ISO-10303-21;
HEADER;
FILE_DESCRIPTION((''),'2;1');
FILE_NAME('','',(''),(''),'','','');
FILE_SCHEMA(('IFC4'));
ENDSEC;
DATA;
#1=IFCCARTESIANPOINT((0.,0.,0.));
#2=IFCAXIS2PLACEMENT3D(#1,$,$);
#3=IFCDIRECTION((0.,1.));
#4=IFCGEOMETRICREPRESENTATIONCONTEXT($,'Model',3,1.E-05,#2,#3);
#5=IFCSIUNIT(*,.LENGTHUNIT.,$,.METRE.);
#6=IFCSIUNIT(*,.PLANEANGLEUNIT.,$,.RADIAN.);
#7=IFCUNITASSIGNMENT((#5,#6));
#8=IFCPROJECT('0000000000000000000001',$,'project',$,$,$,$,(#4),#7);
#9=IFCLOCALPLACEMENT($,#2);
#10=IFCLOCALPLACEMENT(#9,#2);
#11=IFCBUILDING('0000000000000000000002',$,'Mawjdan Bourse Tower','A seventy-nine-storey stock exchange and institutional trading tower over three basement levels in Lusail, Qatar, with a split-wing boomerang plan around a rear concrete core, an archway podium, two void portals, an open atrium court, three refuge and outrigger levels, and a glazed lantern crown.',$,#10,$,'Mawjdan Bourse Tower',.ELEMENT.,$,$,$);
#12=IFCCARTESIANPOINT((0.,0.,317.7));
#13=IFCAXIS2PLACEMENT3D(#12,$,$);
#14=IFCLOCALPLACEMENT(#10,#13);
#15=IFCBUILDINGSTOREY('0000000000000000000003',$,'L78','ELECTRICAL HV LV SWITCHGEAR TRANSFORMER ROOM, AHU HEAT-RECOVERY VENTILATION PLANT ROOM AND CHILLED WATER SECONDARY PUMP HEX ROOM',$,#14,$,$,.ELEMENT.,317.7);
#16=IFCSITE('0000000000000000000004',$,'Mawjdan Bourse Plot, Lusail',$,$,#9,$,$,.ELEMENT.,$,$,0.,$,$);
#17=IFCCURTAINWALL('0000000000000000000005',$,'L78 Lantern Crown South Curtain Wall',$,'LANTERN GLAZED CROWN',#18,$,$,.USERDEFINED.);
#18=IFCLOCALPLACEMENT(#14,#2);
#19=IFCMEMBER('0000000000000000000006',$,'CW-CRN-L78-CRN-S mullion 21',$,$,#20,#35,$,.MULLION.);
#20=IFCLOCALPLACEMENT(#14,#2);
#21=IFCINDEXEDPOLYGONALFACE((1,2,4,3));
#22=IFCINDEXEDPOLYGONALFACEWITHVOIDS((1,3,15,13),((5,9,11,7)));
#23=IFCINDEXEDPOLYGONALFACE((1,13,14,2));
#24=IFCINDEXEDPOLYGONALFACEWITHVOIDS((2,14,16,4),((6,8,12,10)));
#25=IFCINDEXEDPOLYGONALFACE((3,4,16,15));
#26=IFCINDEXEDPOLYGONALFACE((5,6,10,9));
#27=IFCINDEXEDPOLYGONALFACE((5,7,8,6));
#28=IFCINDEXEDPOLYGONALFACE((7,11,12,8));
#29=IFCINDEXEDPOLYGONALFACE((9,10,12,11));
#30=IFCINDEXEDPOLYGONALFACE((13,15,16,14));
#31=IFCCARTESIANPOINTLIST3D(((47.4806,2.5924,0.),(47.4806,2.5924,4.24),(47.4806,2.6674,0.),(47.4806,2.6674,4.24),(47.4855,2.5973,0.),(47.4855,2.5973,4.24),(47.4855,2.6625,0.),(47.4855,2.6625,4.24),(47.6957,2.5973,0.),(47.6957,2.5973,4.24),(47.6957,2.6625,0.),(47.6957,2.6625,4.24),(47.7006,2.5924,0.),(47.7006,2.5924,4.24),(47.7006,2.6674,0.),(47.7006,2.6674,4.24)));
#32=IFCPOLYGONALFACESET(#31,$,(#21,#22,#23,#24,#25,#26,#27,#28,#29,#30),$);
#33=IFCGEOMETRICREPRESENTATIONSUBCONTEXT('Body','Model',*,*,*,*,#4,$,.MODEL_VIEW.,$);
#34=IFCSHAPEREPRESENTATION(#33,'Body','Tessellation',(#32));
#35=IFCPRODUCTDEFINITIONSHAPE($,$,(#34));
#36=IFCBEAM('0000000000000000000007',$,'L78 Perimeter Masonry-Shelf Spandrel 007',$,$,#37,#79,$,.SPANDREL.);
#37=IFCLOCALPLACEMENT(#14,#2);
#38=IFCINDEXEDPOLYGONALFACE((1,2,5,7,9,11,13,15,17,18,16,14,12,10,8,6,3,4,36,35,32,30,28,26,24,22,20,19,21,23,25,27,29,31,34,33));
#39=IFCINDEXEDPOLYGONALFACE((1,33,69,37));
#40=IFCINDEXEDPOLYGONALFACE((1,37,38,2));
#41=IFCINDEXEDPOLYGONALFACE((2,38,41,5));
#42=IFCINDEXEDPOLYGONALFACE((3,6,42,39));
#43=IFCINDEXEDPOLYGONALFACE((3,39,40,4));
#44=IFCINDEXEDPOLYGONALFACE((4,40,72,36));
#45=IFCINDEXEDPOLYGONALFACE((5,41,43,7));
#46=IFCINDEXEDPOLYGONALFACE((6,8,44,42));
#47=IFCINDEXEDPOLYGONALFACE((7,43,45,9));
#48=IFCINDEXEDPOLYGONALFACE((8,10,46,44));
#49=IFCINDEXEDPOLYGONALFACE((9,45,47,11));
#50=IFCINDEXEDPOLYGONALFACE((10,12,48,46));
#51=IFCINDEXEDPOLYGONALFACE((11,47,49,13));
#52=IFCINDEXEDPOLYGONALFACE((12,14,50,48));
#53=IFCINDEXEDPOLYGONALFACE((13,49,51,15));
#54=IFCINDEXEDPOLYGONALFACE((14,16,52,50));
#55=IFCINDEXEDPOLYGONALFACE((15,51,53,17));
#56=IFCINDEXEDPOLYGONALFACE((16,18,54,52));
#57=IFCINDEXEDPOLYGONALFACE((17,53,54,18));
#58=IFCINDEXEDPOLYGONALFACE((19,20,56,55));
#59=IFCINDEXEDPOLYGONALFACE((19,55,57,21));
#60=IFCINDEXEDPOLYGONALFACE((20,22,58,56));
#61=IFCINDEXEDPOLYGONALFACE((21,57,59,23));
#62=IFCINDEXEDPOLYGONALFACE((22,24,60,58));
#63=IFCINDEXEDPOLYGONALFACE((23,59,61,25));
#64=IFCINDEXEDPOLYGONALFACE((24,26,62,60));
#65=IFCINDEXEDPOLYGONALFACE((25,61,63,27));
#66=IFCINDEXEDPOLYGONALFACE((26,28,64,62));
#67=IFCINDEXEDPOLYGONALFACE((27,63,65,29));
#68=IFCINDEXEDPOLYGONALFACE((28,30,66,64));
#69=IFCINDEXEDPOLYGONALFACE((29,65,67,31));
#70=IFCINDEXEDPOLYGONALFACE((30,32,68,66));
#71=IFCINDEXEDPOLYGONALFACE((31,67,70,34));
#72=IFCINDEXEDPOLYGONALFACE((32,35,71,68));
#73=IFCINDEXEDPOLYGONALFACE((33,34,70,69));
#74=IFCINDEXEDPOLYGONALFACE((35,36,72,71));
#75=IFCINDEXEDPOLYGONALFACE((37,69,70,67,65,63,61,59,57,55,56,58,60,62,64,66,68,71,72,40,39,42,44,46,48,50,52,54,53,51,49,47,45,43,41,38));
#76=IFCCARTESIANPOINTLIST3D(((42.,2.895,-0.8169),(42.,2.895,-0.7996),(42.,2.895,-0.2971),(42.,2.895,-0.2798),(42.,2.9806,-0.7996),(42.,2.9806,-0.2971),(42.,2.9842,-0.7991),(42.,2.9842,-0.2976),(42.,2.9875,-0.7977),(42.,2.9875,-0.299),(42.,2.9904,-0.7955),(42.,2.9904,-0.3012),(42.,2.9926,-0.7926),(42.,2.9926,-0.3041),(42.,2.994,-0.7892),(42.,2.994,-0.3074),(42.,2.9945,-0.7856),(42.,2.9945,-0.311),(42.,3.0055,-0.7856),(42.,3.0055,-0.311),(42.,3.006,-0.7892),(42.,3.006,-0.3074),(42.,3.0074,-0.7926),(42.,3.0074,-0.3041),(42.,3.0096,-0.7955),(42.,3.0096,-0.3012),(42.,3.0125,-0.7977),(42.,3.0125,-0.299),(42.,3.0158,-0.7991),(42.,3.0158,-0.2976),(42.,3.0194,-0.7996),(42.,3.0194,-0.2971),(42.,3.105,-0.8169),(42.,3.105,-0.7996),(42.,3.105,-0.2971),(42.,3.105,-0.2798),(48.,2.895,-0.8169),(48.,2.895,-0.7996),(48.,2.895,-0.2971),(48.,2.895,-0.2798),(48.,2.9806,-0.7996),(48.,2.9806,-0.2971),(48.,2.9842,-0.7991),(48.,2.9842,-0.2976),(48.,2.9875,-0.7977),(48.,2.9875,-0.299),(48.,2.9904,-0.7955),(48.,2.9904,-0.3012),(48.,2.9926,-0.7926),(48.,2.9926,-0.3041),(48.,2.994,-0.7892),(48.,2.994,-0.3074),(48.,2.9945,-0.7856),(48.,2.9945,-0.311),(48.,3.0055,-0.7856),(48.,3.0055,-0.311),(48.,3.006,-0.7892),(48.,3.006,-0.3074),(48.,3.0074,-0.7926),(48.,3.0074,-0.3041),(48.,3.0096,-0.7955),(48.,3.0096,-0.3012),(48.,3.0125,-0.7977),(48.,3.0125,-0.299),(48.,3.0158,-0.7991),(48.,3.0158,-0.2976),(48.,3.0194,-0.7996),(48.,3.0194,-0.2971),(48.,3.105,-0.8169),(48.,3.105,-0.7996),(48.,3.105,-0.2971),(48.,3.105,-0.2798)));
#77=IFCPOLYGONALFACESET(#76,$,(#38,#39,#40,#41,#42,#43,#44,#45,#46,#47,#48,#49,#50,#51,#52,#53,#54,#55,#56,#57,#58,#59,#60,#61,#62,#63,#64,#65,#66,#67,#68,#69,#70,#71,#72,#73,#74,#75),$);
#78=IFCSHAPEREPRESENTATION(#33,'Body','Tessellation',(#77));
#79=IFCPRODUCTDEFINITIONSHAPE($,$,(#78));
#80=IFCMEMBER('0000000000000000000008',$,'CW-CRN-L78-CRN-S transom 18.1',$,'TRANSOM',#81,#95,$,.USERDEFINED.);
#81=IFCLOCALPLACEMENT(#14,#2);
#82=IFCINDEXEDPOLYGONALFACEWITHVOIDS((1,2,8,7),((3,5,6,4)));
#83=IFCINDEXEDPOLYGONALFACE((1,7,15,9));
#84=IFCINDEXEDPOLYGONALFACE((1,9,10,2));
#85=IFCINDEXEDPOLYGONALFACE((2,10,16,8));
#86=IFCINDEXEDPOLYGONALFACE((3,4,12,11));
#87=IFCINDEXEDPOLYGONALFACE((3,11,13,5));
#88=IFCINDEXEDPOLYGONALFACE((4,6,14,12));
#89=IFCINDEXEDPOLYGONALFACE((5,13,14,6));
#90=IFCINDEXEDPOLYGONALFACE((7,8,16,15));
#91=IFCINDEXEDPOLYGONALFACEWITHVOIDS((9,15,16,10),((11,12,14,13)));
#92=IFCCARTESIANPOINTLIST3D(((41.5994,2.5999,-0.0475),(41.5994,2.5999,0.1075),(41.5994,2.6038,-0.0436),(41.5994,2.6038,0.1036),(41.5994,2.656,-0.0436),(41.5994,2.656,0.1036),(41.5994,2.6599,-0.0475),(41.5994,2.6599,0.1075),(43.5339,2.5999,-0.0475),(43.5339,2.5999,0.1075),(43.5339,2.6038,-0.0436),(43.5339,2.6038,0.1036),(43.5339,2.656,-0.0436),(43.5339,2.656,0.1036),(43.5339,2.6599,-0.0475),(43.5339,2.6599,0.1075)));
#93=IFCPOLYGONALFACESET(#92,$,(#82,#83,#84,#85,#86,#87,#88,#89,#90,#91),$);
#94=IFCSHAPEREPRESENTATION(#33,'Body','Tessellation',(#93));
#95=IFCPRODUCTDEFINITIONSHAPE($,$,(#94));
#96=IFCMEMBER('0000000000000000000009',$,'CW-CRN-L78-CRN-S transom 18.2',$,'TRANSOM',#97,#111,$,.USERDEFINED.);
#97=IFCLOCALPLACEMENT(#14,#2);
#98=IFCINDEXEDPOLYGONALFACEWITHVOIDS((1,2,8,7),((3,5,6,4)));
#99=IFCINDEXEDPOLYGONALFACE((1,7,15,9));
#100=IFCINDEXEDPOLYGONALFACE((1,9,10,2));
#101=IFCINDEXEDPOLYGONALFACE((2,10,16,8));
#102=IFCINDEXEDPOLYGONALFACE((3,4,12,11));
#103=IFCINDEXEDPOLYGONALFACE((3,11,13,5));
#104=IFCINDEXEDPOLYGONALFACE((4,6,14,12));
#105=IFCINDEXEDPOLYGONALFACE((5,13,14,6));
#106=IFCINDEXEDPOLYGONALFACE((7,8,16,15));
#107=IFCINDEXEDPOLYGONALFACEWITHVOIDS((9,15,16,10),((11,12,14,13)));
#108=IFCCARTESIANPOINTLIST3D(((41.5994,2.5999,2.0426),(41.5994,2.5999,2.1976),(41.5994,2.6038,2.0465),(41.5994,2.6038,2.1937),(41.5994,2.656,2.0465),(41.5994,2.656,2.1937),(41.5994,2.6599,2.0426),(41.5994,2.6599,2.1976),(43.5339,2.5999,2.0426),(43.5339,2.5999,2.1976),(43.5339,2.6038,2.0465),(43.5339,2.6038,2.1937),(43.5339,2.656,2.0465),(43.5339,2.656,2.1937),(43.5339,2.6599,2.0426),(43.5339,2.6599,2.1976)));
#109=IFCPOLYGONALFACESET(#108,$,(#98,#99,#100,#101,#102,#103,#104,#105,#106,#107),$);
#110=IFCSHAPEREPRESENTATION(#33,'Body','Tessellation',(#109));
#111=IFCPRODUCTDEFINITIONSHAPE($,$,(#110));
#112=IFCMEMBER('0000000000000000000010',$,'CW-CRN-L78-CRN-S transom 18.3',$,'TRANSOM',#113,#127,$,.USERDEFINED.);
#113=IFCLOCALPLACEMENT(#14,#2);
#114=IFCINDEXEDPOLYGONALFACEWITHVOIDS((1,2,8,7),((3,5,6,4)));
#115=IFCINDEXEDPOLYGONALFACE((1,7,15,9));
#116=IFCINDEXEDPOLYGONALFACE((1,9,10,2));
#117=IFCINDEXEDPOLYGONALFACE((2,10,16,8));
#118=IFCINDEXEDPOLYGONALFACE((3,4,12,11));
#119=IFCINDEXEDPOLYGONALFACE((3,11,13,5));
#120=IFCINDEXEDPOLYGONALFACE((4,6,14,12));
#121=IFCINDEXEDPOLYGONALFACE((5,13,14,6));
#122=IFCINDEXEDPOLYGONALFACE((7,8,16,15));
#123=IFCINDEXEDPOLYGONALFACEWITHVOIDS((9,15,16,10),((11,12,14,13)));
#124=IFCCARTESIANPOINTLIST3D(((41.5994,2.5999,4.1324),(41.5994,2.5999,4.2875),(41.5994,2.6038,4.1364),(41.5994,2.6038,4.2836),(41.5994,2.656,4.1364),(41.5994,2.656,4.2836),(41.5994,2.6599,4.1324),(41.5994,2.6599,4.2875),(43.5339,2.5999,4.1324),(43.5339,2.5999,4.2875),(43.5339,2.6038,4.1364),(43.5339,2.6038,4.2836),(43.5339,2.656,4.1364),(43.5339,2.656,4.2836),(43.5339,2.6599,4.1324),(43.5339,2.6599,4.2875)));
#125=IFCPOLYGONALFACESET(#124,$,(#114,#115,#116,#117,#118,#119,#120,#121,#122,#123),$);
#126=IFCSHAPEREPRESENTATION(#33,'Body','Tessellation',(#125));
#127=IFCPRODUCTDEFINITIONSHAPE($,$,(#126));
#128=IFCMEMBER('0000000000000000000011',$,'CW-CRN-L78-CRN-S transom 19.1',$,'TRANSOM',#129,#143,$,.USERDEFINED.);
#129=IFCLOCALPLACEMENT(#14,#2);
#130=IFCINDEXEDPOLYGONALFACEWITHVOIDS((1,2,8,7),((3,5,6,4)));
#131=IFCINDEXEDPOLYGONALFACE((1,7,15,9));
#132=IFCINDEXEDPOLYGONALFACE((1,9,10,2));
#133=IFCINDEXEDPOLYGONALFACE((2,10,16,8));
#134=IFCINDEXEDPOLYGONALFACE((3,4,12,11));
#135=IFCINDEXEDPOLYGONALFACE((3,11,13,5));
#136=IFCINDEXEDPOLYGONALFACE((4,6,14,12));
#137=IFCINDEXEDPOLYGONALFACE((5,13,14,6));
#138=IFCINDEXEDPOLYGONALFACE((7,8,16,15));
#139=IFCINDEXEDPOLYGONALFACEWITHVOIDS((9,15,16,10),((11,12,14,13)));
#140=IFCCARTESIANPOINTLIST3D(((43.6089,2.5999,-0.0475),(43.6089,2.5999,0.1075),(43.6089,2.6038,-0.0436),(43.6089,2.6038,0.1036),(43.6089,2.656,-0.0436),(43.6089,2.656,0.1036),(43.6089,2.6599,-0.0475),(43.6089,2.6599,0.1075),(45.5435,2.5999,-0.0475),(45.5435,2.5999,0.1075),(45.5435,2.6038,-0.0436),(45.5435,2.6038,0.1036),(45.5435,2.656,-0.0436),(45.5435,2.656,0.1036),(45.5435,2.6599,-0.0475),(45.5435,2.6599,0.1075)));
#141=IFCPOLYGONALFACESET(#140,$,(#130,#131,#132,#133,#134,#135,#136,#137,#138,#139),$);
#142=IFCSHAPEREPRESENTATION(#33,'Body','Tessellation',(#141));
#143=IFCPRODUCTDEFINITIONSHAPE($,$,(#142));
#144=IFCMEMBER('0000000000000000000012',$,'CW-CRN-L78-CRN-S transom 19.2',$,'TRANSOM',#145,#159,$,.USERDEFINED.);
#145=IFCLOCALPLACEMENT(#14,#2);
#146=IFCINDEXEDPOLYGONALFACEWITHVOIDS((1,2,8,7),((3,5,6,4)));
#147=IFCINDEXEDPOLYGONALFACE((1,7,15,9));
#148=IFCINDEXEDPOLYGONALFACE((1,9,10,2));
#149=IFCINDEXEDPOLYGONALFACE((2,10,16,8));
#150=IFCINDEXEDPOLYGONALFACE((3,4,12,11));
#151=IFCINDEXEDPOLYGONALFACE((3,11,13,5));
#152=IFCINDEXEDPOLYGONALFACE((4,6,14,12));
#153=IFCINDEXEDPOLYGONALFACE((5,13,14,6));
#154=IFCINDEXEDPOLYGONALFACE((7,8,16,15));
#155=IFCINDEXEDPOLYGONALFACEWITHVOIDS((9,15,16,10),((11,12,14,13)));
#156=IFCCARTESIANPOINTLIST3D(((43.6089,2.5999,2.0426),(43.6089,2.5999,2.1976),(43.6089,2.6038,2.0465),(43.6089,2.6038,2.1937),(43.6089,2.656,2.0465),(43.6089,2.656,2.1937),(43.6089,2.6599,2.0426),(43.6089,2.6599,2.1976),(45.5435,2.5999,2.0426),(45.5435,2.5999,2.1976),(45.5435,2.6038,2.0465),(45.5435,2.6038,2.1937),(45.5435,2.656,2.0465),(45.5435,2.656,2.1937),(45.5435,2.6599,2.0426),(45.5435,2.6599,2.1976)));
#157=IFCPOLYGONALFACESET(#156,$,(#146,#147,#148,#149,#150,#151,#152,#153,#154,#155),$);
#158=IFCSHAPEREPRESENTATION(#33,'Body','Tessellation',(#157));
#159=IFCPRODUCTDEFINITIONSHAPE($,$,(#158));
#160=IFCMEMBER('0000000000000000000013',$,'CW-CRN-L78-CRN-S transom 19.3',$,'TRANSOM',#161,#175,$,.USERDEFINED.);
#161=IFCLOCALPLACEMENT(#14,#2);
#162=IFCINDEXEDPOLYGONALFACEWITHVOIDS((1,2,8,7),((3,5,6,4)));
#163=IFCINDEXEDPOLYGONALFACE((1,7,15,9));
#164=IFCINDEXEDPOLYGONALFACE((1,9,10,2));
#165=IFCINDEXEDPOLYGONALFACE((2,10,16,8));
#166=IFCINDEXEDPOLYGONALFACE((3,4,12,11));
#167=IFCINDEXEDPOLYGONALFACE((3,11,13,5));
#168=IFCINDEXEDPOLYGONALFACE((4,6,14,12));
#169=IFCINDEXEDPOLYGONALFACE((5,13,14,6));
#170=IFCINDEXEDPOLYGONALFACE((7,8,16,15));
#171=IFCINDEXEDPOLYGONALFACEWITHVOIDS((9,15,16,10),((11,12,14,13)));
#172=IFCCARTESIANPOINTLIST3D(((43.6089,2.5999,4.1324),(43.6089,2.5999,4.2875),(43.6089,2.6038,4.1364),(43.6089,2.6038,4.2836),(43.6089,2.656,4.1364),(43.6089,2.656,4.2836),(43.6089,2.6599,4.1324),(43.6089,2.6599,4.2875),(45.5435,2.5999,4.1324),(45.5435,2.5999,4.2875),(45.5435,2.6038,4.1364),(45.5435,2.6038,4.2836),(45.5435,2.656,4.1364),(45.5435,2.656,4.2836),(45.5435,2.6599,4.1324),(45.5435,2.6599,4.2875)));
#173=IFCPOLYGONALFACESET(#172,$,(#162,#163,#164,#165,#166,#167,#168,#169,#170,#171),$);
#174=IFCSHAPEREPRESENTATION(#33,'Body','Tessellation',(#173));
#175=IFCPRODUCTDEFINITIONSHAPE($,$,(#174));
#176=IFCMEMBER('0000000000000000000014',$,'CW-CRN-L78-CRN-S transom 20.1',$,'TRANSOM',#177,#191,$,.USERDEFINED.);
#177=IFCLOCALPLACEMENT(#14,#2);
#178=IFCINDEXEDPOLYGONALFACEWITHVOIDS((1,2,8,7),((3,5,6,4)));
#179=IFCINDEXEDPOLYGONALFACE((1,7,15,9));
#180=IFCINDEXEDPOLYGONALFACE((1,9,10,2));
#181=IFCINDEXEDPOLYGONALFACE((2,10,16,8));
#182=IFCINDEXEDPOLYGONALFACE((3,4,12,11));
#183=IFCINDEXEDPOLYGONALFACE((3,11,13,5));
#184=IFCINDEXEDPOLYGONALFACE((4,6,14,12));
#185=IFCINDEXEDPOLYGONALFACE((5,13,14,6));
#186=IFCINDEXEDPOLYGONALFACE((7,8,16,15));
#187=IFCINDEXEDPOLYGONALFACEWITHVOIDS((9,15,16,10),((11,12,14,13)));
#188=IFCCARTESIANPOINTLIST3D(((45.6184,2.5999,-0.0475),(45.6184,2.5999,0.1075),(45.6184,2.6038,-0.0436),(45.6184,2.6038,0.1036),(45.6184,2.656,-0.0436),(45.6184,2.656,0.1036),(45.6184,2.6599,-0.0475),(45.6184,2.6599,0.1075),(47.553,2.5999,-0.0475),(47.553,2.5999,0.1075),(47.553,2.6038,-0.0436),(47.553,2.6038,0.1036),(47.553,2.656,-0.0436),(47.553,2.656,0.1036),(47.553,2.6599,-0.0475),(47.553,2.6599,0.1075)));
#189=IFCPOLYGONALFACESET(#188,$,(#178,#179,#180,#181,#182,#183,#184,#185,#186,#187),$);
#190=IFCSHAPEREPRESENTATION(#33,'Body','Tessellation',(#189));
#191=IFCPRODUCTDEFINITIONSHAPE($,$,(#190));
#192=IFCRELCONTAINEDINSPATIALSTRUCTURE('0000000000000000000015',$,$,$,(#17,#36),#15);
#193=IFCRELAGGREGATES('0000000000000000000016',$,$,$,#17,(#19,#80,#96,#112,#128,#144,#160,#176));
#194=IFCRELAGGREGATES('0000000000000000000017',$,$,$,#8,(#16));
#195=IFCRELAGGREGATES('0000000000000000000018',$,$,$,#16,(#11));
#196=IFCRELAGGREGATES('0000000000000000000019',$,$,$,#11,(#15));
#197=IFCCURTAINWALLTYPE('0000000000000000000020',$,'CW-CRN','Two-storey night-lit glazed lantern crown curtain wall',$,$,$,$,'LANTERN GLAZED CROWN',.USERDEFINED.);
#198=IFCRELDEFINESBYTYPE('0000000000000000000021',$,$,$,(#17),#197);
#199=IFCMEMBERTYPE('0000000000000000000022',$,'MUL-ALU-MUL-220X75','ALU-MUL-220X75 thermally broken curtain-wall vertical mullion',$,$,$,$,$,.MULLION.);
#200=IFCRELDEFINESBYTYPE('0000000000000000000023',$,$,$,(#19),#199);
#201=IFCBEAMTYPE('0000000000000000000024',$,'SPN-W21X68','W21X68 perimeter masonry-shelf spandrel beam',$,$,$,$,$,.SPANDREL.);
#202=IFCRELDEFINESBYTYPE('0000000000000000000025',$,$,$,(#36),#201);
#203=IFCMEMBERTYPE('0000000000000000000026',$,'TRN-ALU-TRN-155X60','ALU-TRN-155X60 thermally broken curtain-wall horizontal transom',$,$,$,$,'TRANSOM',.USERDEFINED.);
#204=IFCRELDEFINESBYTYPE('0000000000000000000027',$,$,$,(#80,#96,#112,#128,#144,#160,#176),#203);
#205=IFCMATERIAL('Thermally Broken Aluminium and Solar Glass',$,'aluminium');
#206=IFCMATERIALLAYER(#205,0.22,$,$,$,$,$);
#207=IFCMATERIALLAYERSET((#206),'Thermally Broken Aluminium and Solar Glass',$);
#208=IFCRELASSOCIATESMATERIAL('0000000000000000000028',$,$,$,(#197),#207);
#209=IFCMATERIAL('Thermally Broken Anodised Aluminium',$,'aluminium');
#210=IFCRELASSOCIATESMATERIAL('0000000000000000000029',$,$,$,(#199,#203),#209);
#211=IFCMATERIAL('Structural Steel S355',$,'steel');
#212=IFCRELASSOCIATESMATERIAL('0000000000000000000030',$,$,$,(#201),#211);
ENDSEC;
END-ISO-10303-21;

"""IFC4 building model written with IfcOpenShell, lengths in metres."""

from ifc_helpers import new_model, si_unit, direction, frame, origin, origin_2d, place, context, subcontext, project, spatial, hollow_rectangle, i_section, extrude, material, layer, layer_set, material_profile, profile_set, type_object, element, aggregate, save


model = new_model("IFC4")

# Units and contexts
model_context = context("Model", 3, precision=1e-05, world=origin(), true_north=direction((0.0, 1.0)))
body_context = subcontext(model_context, "Body", "Model", "MODEL_VIEW")
ifc_project = project(units=[si_unit("LENGTHUNIT", "METRE"), si_unit("PLANEANGLEUNIT", "RADIAN")], contexts=[model_context])

# Site, building, storey
site_placement = place(None, origin())
site = spatial("IfcSite", under=ifc_project, at=site_placement, Name="Mawjdan Bourse Plot, Lusail", CompositionType="ELEMENT", RefElevation=0.0)
building_placement = place(site_placement, origin())
building = spatial("IfcBuilding", under=site, at=building_placement, Name="Mawjdan Bourse Tower", Description="A seventy-nine-storey stock exchange and institutional trading tower over three basement levels in Lusail, Qatar, with a split-wing boomerang plan around a rear concrete core, an archway podium, two void portals, an open atrium court, three refuge and outrigger levels, and a glazed lantern crown.", LongName="Mawjdan Bourse Tower", CompositionType="ELEMENT")
storey_placement = place(building_placement, frame((0.0, 0.0, 317.7)))
storey = spatial("IfcBuildingStorey", under=building, at=storey_placement, Name="L78", Description="ELECTRICAL HV LV SWITCHGEAR TRANSFORMER ROOM, AHU HEAT-RECOVERY VENTILATION PLANT ROOM AND CHILLED WATER SECONDARY PUMP HEX ROOM", CompositionType="ELEMENT", Elevation=317.7)

# Shared definitions
ifc_material_1 = material(Name="Structural Steel S355", Category="steel")

# Curtain wall, member
ifc_material_2 = material(Name="Thermally Broken Aluminium and Solar Glass", Category="aluminium")
ifc_layer_1 = layer(ifc_material_2, 0.22)
ifc_layer_set_1 = layer_set([ifc_layer_1], Name="Thermally Broken Aluminium and Solar Glass")
curtain_wall_type = type_object("IfcCurtainWallType", Name="CW-CRN", Description="Two-storey night-lit glazed lantern crown curtain wall", ElementType="LANTERN GLAZED CROWN", PredefinedType="USERDEFINED", material=ifc_layer_set_1)
curtain_wall_placement = place(storey_placement, origin())
curtain_wall = element("IfcCurtainWall", 1, at=curtain_wall_placement, inside=storey, type_object=curtain_wall_type, Name="L78 Lantern Crown South Curtain Wall", ObjectType="LANTERN GLAZED CROWN", PredefinedType="USERDEFINED")
ifc_material_3 = material(Name="Thermally Broken Anodised Aluminium", Category="aluminium")
ifc_material_profile_1 = material_profile(ifc_material_3, hollow_rectangle(XDim=0.075, YDim=0.22, WallThickness=0.0049, at=origin_2d()), Name="ALU-MUL-220X75")
ifc_profile_set_1 = profile_set([ifc_material_profile_1], Name="Thermally Broken Anodised Aluminium")
member_type_1 = type_object("IfcMemberType", Name="MUL-ALU-MUL-220X75", Description="ALU-MUL-220X75 thermally broken curtain-wall vertical mullion", PredefinedType="MULLION", material=ifc_profile_set_1)
member_1_placement = place(storey_placement, frame((47.5906, 2.6299, 0.0), z_axis=(0.0, 0.0, 1.0), x_axis=(0.0, 1.0, 0.0)))
member_1 = element("IfcMember", 2, at=member_1_placement, type_object=member_type_1, Name="CW-CRN-L78-CRN-S mullion 21", PredefinedType="MULLION", context=body_context, shape_type="SweptSolid", body=[
    extrude(hollow_rectangle(XDim=0.075, YDim=0.22, WallThickness=0.0049, at=origin_2d()), origin(), (0.0, 0.0, 1.0), 4.24),
])

# Beam
ifc_material_profile_2 = material_profile(ifc_material_1, i_section(OverallWidth=0.21, OverallDepth=0.5371, WebThickness=0.011, FlangeThickness=0.0173, FilletRadius=0.0139, at=origin_2d()), Name="W21X68")
ifc_profile_set_2 = profile_set([ifc_material_profile_2], Name="Structural Steel S355")
beam_type_1 = type_object("IfcBeamType", Name="SPN-W21X68", Description="W21X68 perimeter masonry-shelf spandrel beam", PredefinedType="SPANDREL", material=ifc_profile_set_2)
beam_1_placement = place(storey_placement, frame((42.0, 3.0, -0.5483), z_axis=(1.0, 0.0, 0.0), x_axis=(0.0, 1.0, 0.0)))
element("IfcBeam", 3, at=beam_1_placement, inside=storey, type_object=beam_type_1, Name="L78 Perimeter Masonry-Shelf Spandrel 007", PredefinedType="SPANDREL", context=body_context, shape_type="SweptSolid", body=[
    extrude(i_section(OverallWidth=0.21, OverallDepth=0.5371, WebThickness=0.011, FlangeThickness=0.0173, FilletRadius=0.0139, at=origin_2d()), origin(), (0.0, 0.0, 1.0), 6.0),
])

# Members
ifc_material_profile_3 = material_profile(ifc_material_3, hollow_rectangle(XDim=0.0601, YDim=0.155, WallThickness=0.0039, at=origin_2d()), Name="ALU-TRN-155X60")
ifc_profile_set_3 = profile_set([ifc_material_profile_3], Name="Thermally Broken Anodised Aluminium")
member_type_2 = type_object("IfcMemberType", Name="TRN-ALU-TRN-155X60", Description="ALU-TRN-155X60 thermally broken curtain-wall horizontal transom", ElementType="TRANSOM", PredefinedType="USERDEFINED", material=ifc_profile_set_3)
member_2_placement = place(storey_placement, frame((41.5994, 2.6299, 0.03), z_axis=(1.0, 0.0, 0.0), x_axis=(0.0, 1.0, 0.0)))
member_2 = element("IfcMember", 4, at=member_2_placement, type_object=member_type_2, Name="CW-CRN-L78-CRN-S transom 18.1", ObjectType="TRANSOM", PredefinedType="USERDEFINED", context=body_context, shape_type="SweptSolid", body=[
    extrude(hollow_rectangle(XDim=0.0601, YDim=0.155, WallThickness=0.0039, at=origin_2d()), origin(), (0.0, 0.0, 1.0), 1.9346),
])
member_3_placement = place(storey_placement, frame((41.5994, 2.6299, 2.1201), z_axis=(1.0, 0.0, 0.0), x_axis=(0.0, 1.0, 0.0)))
member_3 = element("IfcMember", 5, at=member_3_placement, type_object=member_type_2, Name="CW-CRN-L78-CRN-S transom 18.2", ObjectType="TRANSOM", PredefinedType="USERDEFINED", context=body_context, shape_type="SweptSolid", body=[
    extrude(hollow_rectangle(XDim=0.0601, YDim=0.155, WallThickness=0.0039, at=origin_2d()), origin(), (0.0, 0.0, 1.0), 1.9346),
])
member_4_placement = place(storey_placement, frame((41.5994, 2.6299, 4.21), z_axis=(1.0, 0.0, 0.0), x_axis=(0.0, 1.0, 0.0)))
member_4 = element("IfcMember", 6, at=member_4_placement, type_object=member_type_2, Name="CW-CRN-L78-CRN-S transom 18.3", ObjectType="TRANSOM", PredefinedType="USERDEFINED", context=body_context, shape_type="SweptSolid", body=[
    extrude(hollow_rectangle(XDim=0.0601, YDim=0.155, WallThickness=0.0039, at=origin_2d()), origin(), (0.0, 0.0, 1.0), 1.9346),
])
member_5_placement = place(storey_placement, frame((43.6089, 2.6299, 0.03), z_axis=(1.0, 0.0, 0.0), x_axis=(0.0, 1.0, 0.0)))
member_5 = element("IfcMember", 7, at=member_5_placement, type_object=member_type_2, Name="CW-CRN-L78-CRN-S transom 19.1", ObjectType="TRANSOM", PredefinedType="USERDEFINED", context=body_context, shape_type="SweptSolid", body=[
    extrude(hollow_rectangle(XDim=0.0601, YDim=0.155, WallThickness=0.0039, at=origin_2d()), origin(), (0.0, 0.0, 1.0), 1.9346),
])
member_6_placement = place(storey_placement, frame((43.6089, 2.6299, 2.1201), z_axis=(1.0, 0.0, 0.0), x_axis=(0.0, 1.0, 0.0)))
member_6 = element("IfcMember", 8, at=member_6_placement, type_object=member_type_2, Name="CW-CRN-L78-CRN-S transom 19.2", ObjectType="TRANSOM", PredefinedType="USERDEFINED", context=body_context, shape_type="SweptSolid", body=[
    extrude(hollow_rectangle(XDim=0.0601, YDim=0.155, WallThickness=0.0039, at=origin_2d()), origin(), (0.0, 0.0, 1.0), 1.9346),
])
member_7_placement = place(storey_placement, frame((43.6089, 2.6299, 4.21), z_axis=(1.0, 0.0, 0.0), x_axis=(0.0, 1.0, 0.0)))
member_7 = element("IfcMember", 9, at=member_7_placement, type_object=member_type_2, Name="CW-CRN-L78-CRN-S transom 19.3", ObjectType="TRANSOM", PredefinedType="USERDEFINED", context=body_context, shape_type="SweptSolid", body=[
    extrude(hollow_rectangle(XDim=0.0601, YDim=0.155, WallThickness=0.0039, at=origin_2d()), origin(), (0.0, 0.0, 1.0), 1.9346),
])
member_8_placement = place(storey_placement, frame((45.6184, 2.6299, 0.03), z_axis=(1.0, 0.0, 0.0), x_axis=(0.0, 1.0, 0.0)))
member_8 = element("IfcMember", 10, at=member_8_placement, type_object=member_type_2, Name="CW-CRN-L78-CRN-S transom 20.1", ObjectType="TRANSOM", PredefinedType="USERDEFINED", context=body_context, shape_type="SweptSolid", body=[
    extrude(hollow_rectangle(XDim=0.0601, YDim=0.155, WallThickness=0.0039, at=origin_2d()), origin(), (0.0, 0.0, 1.0), 1.9346),
])

aggregate(curtain_wall, [member_1, member_2, member_3, member_4, member_5, member_6, member_7, member_8])

save(model, "model.ifc")
